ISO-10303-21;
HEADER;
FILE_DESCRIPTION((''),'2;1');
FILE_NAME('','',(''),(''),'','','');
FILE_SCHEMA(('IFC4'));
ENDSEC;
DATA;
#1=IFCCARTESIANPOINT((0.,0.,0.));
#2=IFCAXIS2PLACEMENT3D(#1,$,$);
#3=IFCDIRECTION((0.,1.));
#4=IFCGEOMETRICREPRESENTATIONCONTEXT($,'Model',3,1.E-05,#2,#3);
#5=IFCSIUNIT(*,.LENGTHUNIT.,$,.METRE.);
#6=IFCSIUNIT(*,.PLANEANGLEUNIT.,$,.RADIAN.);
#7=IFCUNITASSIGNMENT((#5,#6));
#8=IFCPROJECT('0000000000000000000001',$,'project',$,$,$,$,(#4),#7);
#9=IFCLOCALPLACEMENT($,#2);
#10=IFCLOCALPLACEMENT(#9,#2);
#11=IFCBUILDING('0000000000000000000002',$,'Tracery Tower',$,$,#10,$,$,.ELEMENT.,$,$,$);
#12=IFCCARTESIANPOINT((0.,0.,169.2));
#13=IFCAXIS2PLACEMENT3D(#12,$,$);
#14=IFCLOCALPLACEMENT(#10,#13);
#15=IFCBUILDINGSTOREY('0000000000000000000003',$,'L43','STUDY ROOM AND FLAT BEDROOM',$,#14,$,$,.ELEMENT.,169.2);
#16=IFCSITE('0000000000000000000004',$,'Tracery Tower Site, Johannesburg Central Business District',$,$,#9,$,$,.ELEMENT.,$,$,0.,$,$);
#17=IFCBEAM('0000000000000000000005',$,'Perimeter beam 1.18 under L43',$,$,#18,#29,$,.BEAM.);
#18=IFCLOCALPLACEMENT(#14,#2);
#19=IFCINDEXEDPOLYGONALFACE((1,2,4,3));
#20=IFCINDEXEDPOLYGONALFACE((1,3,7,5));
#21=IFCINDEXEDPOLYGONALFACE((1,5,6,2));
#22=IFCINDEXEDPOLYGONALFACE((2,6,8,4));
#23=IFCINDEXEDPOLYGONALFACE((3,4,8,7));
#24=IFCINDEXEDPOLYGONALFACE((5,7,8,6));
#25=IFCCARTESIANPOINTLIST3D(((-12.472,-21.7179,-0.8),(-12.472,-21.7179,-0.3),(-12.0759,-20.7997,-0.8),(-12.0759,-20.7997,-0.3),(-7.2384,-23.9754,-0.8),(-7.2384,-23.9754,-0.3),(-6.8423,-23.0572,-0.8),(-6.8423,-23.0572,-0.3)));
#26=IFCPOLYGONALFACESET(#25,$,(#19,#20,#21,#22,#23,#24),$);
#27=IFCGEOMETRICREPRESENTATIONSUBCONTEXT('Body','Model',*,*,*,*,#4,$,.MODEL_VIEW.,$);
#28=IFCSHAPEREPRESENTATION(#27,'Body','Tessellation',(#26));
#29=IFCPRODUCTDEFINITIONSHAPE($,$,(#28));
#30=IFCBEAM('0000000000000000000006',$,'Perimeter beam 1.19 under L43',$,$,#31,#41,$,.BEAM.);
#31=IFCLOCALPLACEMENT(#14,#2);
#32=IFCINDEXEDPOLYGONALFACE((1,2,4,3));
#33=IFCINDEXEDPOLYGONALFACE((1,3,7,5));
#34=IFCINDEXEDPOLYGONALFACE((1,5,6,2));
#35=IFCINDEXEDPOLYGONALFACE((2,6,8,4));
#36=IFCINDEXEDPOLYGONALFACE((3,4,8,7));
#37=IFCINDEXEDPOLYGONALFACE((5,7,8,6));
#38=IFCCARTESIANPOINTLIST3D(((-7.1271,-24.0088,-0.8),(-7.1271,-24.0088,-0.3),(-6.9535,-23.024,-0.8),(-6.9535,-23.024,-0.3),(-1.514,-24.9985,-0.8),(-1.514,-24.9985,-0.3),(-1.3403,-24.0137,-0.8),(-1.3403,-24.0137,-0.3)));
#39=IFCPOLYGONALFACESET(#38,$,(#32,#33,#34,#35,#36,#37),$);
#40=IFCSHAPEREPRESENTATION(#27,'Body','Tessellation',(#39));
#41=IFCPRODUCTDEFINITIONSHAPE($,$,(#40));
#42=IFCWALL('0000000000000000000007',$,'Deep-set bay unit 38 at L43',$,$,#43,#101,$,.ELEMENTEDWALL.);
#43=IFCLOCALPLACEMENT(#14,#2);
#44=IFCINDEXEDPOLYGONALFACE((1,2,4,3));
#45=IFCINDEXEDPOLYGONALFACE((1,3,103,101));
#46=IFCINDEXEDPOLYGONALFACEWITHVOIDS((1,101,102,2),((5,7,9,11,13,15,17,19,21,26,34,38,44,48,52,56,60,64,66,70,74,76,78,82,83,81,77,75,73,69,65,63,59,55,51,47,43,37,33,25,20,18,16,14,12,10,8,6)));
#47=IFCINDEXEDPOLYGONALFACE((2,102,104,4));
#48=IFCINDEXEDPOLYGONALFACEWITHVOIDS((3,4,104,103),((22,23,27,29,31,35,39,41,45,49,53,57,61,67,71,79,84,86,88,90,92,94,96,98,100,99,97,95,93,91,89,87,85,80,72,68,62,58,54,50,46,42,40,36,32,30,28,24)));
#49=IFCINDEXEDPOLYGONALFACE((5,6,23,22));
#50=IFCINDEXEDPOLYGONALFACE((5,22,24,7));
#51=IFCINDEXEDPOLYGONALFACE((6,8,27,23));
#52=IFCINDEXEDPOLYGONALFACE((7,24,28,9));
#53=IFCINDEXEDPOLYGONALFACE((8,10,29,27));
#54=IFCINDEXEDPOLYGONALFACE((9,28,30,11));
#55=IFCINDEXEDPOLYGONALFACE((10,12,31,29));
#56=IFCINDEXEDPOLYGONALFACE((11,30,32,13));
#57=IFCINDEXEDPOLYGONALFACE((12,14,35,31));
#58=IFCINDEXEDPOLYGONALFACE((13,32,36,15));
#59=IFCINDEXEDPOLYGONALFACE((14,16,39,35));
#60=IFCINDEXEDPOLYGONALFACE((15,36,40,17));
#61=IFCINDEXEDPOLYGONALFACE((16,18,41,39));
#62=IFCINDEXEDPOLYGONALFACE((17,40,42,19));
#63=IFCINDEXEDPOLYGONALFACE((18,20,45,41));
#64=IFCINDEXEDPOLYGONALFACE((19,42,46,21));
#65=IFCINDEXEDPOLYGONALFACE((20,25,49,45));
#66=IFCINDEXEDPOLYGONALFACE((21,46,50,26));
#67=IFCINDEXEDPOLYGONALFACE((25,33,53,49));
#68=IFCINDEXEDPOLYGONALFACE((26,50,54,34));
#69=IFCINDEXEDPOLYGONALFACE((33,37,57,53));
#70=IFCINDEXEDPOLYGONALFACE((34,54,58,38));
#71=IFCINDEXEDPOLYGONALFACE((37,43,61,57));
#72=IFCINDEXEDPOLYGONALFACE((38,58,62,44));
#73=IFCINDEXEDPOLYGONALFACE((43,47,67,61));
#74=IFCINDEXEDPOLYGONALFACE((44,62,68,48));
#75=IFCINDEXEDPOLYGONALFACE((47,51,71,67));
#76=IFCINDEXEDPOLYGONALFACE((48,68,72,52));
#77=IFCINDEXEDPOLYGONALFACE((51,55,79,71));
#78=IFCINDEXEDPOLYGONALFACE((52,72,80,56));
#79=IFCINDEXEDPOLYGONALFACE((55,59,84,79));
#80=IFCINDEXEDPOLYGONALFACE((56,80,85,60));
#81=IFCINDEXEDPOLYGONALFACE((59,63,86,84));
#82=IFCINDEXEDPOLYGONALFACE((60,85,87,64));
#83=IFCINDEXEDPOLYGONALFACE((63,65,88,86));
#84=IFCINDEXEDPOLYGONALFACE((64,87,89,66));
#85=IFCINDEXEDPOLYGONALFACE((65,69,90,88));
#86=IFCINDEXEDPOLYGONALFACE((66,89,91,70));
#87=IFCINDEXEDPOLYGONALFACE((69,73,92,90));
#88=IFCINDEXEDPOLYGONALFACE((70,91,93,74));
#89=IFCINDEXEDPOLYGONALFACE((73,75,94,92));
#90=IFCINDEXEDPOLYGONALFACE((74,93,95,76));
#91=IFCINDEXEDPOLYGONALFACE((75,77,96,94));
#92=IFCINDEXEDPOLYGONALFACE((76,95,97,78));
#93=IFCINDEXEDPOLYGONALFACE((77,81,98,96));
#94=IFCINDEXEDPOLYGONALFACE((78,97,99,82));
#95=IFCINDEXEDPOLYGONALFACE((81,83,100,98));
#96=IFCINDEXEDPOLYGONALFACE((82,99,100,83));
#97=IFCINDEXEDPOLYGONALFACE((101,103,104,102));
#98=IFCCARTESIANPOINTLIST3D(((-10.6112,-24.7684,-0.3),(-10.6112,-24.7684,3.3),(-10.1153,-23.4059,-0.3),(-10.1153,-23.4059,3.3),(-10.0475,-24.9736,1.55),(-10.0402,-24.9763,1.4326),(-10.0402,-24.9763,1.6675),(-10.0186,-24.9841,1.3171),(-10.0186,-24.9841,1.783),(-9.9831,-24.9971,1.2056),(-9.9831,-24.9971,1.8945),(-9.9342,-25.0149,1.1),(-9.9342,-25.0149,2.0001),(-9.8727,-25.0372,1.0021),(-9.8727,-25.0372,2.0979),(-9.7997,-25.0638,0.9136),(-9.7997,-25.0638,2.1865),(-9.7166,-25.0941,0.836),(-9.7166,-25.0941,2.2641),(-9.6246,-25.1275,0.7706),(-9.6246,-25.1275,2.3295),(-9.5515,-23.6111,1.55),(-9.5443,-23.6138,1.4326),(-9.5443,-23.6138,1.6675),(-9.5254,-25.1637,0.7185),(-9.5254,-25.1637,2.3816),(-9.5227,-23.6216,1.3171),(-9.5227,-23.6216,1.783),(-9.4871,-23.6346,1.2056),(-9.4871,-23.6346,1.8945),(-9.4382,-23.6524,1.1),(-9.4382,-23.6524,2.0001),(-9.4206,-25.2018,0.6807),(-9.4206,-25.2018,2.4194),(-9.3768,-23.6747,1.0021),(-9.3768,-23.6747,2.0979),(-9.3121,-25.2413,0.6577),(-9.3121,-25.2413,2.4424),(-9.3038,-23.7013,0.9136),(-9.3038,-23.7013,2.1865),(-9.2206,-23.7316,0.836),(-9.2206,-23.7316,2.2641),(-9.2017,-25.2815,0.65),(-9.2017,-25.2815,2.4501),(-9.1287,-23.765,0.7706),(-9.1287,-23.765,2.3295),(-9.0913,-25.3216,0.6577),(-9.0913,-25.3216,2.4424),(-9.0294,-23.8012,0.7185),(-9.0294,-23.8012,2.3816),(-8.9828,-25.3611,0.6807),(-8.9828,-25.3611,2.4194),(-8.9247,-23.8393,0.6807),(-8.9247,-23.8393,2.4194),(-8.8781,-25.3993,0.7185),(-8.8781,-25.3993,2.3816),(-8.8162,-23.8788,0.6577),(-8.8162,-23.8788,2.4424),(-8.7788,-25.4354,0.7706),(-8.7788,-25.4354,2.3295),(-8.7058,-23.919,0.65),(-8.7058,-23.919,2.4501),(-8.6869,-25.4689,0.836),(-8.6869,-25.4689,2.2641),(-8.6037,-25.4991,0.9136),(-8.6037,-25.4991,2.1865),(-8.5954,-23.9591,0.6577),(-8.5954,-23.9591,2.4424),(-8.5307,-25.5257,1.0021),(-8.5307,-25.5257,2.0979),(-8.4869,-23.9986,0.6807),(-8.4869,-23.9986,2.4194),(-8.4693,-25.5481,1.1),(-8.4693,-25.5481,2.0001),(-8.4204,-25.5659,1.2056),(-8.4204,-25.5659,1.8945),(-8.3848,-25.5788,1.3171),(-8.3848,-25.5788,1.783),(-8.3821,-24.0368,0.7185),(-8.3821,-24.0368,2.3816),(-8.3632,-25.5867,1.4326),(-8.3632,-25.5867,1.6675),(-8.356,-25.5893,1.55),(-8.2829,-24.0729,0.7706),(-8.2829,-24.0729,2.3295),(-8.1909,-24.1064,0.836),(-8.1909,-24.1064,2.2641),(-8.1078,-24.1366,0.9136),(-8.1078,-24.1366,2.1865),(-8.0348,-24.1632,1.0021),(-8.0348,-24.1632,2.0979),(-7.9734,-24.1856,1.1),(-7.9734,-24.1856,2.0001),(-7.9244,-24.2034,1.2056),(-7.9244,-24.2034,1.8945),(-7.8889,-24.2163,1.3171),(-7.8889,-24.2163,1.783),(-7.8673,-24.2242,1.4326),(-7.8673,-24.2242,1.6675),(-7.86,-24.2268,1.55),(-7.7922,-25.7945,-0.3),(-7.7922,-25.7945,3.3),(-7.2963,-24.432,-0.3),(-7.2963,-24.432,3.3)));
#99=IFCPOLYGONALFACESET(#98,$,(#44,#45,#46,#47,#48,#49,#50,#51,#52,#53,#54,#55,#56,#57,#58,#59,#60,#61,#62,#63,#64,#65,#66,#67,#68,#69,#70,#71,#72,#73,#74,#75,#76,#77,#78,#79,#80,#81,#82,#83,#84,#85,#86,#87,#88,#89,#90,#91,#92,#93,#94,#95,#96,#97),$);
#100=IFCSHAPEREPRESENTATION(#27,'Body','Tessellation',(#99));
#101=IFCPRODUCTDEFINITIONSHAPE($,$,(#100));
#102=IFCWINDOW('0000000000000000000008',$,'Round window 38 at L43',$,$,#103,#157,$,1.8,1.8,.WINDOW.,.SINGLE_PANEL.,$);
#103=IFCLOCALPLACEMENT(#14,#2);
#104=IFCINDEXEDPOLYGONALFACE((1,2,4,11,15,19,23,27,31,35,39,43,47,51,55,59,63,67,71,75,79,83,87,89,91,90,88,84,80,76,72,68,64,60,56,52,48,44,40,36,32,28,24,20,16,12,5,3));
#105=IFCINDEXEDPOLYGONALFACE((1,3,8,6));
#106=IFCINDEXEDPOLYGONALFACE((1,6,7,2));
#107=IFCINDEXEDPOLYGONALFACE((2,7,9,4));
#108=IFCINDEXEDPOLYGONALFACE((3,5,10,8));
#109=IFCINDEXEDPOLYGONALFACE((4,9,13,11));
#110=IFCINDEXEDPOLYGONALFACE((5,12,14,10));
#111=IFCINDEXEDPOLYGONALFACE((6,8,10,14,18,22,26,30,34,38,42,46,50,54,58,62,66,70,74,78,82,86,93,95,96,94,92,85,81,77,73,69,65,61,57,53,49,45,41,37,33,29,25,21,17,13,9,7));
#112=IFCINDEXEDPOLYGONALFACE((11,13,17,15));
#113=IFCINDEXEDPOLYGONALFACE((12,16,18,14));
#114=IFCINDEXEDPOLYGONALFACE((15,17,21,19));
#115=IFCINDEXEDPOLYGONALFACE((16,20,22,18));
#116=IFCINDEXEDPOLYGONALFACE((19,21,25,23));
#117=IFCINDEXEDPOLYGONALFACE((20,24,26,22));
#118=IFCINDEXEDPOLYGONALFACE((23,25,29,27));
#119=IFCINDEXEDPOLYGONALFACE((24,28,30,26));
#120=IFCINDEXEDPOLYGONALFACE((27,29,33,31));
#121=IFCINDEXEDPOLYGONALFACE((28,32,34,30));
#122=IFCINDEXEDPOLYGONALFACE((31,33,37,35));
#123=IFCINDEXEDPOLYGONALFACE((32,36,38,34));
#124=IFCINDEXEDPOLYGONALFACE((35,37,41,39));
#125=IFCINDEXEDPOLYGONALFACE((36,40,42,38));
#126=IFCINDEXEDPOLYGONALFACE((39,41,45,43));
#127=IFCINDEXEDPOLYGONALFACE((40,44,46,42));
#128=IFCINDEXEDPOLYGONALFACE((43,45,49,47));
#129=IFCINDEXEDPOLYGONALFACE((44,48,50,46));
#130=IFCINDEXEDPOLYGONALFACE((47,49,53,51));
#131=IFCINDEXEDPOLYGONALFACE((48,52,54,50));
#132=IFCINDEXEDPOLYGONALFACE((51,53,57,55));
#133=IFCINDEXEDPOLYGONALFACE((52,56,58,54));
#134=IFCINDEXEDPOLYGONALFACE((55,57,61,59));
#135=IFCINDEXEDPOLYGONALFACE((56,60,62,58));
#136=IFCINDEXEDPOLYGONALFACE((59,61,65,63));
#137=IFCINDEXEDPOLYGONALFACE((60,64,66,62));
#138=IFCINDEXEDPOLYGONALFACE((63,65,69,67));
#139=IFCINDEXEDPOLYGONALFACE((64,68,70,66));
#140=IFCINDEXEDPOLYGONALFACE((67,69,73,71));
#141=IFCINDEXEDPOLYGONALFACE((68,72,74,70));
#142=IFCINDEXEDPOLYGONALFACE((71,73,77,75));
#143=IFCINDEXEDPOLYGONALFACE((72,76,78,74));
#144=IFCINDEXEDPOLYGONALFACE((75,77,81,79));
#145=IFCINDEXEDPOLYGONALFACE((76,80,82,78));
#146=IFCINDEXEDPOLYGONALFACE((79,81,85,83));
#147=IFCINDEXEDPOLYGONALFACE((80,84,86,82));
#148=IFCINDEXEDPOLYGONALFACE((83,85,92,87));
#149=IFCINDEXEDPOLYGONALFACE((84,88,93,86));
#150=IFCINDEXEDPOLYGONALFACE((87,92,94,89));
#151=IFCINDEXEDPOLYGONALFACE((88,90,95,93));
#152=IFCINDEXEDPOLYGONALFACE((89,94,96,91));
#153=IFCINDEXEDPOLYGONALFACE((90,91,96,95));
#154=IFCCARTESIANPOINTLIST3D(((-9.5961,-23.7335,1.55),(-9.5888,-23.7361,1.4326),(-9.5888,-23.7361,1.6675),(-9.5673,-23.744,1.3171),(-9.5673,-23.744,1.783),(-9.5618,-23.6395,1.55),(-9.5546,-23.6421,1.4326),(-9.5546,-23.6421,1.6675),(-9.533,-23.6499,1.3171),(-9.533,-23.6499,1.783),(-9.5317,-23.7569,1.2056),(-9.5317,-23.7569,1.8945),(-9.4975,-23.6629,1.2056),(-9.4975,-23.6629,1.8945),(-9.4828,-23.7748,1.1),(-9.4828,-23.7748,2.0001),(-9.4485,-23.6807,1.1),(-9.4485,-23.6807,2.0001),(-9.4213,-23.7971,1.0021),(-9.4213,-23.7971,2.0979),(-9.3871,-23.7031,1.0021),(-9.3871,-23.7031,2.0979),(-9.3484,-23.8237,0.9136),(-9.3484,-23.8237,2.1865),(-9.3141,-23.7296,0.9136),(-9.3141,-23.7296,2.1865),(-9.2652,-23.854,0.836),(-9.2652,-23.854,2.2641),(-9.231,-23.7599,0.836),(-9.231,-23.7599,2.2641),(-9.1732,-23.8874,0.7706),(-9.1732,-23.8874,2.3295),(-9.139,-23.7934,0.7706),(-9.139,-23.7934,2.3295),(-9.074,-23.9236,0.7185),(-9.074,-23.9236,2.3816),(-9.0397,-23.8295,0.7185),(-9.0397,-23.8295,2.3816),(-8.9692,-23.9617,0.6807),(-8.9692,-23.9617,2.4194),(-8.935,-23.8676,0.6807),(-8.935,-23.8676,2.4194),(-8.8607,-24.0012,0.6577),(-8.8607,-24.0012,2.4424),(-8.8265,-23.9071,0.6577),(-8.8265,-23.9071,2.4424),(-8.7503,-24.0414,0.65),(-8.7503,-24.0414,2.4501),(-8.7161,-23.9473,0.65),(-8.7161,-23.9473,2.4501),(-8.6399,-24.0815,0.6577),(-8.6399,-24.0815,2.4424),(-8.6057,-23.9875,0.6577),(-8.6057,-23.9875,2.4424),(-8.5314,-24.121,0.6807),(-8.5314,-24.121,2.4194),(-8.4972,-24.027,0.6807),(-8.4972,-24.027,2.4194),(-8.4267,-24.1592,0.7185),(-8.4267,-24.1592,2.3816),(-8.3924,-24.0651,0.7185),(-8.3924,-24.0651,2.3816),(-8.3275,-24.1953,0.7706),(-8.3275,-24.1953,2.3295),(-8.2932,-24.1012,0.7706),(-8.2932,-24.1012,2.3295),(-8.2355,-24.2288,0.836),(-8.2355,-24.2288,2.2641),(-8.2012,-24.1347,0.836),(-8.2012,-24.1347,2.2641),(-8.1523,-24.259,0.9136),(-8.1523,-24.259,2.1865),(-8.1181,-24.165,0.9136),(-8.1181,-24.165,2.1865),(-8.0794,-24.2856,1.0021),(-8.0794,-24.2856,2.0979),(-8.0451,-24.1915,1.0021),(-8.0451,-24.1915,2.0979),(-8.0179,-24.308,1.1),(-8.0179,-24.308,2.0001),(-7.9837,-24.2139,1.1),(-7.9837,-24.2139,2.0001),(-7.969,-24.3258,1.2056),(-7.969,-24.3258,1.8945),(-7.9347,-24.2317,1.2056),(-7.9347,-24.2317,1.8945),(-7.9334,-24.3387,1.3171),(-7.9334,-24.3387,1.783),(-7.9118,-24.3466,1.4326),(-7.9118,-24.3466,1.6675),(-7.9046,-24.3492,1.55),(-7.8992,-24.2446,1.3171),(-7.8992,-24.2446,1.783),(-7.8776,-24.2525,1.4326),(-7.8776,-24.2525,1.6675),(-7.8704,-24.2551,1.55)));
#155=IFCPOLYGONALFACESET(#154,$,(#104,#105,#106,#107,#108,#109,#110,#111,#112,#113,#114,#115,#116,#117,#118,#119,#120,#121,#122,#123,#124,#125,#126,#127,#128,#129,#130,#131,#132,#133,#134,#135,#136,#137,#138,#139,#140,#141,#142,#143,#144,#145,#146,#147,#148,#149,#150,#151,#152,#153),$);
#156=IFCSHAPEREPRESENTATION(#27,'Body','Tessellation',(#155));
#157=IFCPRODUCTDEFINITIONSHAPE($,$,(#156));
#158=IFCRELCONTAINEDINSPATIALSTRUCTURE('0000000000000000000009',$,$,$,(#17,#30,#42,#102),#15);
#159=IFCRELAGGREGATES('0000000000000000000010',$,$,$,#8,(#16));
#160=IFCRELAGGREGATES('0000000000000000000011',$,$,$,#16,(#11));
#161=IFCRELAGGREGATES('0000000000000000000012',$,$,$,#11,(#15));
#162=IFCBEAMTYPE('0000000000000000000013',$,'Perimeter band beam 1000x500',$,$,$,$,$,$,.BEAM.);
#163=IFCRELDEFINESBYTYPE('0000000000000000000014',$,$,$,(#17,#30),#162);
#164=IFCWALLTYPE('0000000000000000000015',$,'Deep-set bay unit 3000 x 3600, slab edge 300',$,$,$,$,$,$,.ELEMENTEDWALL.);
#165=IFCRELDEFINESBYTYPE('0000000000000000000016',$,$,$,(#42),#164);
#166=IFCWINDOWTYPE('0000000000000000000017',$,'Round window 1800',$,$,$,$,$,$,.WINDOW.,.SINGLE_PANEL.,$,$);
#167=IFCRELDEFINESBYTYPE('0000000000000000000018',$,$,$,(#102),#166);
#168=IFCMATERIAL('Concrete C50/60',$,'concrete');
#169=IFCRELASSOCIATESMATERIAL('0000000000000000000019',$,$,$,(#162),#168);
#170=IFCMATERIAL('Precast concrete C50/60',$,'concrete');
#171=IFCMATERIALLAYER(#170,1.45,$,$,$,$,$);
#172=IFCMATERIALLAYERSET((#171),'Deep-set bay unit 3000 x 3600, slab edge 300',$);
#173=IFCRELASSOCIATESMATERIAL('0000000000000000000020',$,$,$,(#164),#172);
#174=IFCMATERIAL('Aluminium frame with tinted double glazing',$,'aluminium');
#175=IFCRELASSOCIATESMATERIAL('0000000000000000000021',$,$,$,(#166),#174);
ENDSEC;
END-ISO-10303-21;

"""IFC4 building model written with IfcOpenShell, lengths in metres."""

from ifc_helpers import new_model, si_unit, direction, frame, frame_2d, origin, origin_2d, place, context, subcontext, project, spatial, rectangle, circle, extrude, material, layer, layer_set, material_profile, profile_set, type_object, element, fill, save


model = new_model("IFC4")

# Units and contexts
model_context = context("Model", 3, precision=1e-05, world=origin(), true_north=direction((0.0, 1.0)))
body_context = subcontext(model_context, "Body", "Model", "MODEL_VIEW")
ifc_project = project(units=[si_unit("LENGTHUNIT", "METRE"), si_unit("PLANEANGLEUNIT", "RADIAN")], contexts=[model_context])

# Site, building, storey
site_placement = place(None, origin())
site = spatial("IfcSite", under=ifc_project, at=site_placement, Name="Tracery Tower Site, Johannesburg Central Business District", CompositionType="ELEMENT", RefElevation=0.0)
building_placement = place(site_placement, origin())
building = spatial("IfcBuilding", under=site, at=building_placement, Name="Tracery Tower", CompositionType="ELEMENT")
storey_placement = place(building_placement, frame((0.0, 0.0, 169.2)))
storey = spatial("IfcBuildingStorey", under=building, at=storey_placement, Name="L43", Description="STUDY ROOM AND FLAT BEDROOM", CompositionType="ELEMENT", Elevation=169.2)

# Beams
ifc_material_1 = material(Name="Concrete C50/60", Category="concrete")
ifc_material_profile_1 = material_profile(ifc_material_1, rectangle(XDim=1.0, YDim=0.5, at=origin_2d()), Name="RC 1000x500")
ifc_profile_set_1 = profile_set([ifc_material_profile_1], Name="Concrete C50/60")
beam_type = type_object("IfcBeamType", Name="Perimeter band beam 1000x500", PredefinedType="BEAM", material=ifc_profile_set_1)
for number, where, z_axis, x_axis, name in (
    (1, (-12.2739, -21.2588, -0.55), (0.918216, -0.396079, 0.0), (0.396079, 0.918216, 0.0), "Perimeter beam 1.18 under L43"),
    (2, (-7.0403, -23.5164, -0.55), (0.984807, -0.173651, 0.0), (0.173651, 0.984807, 0.0), "Perimeter beam 1.19 under L43"),
):
    element("IfcBeam", number, at=place(storey_placement, frame(where, z_axis=z_axis, x_axis=x_axis)), inside=storey, type_object=beam_type, Name=name, PredefinedType="BEAM", context=body_context, shape_type="SweptSolid", body=[
        extrude(rectangle(XDim=1.0, YDim=0.5, at=origin_2d()), origin(), (0.0, 0.0, 1.0), 5.6997),
    ])

# Wall, opening, window
ifc_material_2 = material(Name="Precast concrete C50/60", Category="concrete")
ifc_layer_1 = layer(ifc_material_2, 1.45)
ifc_layer_set_1 = layer_set([ifc_layer_1], Name="Deep-set bay unit 3000 x 3600, slab edge 300")
wall_type_1 = type_object("IfcWallType", Name="Deep-set bay unit 3000 x 3600, slab edge 300", PredefinedType="ELEMENTEDWALL", material=ifc_layer_set_1)
wall_1_placement = place(storey_placement, frame((-10.3633, -24.0872, -0.3), z_axis=(0.0, 0.0, 1.0), x_axis=(0.939686, -0.342037, 0.0)))
wall_1 = element("IfcWall", 3, at=wall_1_placement, inside=storey, type_object=wall_type_1, Name="Deep-set bay unit 38 at L43", PredefinedType="ELEMENTEDWALL", context=body_context, shape_type="SweptSolid", body=[
    extrude(rectangle(XDim=3.0, YDim=1.45, at=frame_2d((1.5, 0.0))), origin(), (0.0, 0.0, 1.0), 3.6001),
])
opening_1_placement = place(wall_1_placement, frame((1.5, 0.0, 1.8501)))
opening_1 = element("IfcOpeningElement", 4, at=opening_1_placement, cuts=wall_1, PredefinedType="OPENING", context=body_context, shape_type="SweptSolid", body=[
    extrude(circle(Radius=0.9, at=origin_2d()), frame((0.0, 0.7349, 0.0), z_axis=(0.0, -1.0, 0.0), x_axis=(1.0, 0.0, 0.0)), (0.0, 0.0, 1.0), 1.47),
])
ifc_material_3 = material(Name="Aluminium frame with tinted double glazing", Category="aluminium")
window_type = type_object("IfcWindowType", Name="Round window 1800", PartitioningType="SINGLE_PANEL", PredefinedType="WINDOW", material=ifc_material_3)
window_1_placement = place(opening_1_placement, origin())
window_1 = element("IfcWindow", 5, at=window_1_placement, inside=storey, type_object=window_type, Name="Round window 38 at L43", OverallHeight=1.8, OverallWidth=1.8, PartitioningType="SINGLE_PANEL", PredefinedType="WINDOW", context=body_context, shape_type="SweptSolid", body=[
    extrude(circle(Radius=0.9, at=origin_2d()), frame((0.0, 0.6948, 0.0), z_axis=(0.0, -1.0, 0.0), x_axis=(1.0, 0.0, 0.0)), (0.0, 0.0, 1.0), 0.1001),
])
fill(opening_1, window_1)

save(model, "model.ifc")
